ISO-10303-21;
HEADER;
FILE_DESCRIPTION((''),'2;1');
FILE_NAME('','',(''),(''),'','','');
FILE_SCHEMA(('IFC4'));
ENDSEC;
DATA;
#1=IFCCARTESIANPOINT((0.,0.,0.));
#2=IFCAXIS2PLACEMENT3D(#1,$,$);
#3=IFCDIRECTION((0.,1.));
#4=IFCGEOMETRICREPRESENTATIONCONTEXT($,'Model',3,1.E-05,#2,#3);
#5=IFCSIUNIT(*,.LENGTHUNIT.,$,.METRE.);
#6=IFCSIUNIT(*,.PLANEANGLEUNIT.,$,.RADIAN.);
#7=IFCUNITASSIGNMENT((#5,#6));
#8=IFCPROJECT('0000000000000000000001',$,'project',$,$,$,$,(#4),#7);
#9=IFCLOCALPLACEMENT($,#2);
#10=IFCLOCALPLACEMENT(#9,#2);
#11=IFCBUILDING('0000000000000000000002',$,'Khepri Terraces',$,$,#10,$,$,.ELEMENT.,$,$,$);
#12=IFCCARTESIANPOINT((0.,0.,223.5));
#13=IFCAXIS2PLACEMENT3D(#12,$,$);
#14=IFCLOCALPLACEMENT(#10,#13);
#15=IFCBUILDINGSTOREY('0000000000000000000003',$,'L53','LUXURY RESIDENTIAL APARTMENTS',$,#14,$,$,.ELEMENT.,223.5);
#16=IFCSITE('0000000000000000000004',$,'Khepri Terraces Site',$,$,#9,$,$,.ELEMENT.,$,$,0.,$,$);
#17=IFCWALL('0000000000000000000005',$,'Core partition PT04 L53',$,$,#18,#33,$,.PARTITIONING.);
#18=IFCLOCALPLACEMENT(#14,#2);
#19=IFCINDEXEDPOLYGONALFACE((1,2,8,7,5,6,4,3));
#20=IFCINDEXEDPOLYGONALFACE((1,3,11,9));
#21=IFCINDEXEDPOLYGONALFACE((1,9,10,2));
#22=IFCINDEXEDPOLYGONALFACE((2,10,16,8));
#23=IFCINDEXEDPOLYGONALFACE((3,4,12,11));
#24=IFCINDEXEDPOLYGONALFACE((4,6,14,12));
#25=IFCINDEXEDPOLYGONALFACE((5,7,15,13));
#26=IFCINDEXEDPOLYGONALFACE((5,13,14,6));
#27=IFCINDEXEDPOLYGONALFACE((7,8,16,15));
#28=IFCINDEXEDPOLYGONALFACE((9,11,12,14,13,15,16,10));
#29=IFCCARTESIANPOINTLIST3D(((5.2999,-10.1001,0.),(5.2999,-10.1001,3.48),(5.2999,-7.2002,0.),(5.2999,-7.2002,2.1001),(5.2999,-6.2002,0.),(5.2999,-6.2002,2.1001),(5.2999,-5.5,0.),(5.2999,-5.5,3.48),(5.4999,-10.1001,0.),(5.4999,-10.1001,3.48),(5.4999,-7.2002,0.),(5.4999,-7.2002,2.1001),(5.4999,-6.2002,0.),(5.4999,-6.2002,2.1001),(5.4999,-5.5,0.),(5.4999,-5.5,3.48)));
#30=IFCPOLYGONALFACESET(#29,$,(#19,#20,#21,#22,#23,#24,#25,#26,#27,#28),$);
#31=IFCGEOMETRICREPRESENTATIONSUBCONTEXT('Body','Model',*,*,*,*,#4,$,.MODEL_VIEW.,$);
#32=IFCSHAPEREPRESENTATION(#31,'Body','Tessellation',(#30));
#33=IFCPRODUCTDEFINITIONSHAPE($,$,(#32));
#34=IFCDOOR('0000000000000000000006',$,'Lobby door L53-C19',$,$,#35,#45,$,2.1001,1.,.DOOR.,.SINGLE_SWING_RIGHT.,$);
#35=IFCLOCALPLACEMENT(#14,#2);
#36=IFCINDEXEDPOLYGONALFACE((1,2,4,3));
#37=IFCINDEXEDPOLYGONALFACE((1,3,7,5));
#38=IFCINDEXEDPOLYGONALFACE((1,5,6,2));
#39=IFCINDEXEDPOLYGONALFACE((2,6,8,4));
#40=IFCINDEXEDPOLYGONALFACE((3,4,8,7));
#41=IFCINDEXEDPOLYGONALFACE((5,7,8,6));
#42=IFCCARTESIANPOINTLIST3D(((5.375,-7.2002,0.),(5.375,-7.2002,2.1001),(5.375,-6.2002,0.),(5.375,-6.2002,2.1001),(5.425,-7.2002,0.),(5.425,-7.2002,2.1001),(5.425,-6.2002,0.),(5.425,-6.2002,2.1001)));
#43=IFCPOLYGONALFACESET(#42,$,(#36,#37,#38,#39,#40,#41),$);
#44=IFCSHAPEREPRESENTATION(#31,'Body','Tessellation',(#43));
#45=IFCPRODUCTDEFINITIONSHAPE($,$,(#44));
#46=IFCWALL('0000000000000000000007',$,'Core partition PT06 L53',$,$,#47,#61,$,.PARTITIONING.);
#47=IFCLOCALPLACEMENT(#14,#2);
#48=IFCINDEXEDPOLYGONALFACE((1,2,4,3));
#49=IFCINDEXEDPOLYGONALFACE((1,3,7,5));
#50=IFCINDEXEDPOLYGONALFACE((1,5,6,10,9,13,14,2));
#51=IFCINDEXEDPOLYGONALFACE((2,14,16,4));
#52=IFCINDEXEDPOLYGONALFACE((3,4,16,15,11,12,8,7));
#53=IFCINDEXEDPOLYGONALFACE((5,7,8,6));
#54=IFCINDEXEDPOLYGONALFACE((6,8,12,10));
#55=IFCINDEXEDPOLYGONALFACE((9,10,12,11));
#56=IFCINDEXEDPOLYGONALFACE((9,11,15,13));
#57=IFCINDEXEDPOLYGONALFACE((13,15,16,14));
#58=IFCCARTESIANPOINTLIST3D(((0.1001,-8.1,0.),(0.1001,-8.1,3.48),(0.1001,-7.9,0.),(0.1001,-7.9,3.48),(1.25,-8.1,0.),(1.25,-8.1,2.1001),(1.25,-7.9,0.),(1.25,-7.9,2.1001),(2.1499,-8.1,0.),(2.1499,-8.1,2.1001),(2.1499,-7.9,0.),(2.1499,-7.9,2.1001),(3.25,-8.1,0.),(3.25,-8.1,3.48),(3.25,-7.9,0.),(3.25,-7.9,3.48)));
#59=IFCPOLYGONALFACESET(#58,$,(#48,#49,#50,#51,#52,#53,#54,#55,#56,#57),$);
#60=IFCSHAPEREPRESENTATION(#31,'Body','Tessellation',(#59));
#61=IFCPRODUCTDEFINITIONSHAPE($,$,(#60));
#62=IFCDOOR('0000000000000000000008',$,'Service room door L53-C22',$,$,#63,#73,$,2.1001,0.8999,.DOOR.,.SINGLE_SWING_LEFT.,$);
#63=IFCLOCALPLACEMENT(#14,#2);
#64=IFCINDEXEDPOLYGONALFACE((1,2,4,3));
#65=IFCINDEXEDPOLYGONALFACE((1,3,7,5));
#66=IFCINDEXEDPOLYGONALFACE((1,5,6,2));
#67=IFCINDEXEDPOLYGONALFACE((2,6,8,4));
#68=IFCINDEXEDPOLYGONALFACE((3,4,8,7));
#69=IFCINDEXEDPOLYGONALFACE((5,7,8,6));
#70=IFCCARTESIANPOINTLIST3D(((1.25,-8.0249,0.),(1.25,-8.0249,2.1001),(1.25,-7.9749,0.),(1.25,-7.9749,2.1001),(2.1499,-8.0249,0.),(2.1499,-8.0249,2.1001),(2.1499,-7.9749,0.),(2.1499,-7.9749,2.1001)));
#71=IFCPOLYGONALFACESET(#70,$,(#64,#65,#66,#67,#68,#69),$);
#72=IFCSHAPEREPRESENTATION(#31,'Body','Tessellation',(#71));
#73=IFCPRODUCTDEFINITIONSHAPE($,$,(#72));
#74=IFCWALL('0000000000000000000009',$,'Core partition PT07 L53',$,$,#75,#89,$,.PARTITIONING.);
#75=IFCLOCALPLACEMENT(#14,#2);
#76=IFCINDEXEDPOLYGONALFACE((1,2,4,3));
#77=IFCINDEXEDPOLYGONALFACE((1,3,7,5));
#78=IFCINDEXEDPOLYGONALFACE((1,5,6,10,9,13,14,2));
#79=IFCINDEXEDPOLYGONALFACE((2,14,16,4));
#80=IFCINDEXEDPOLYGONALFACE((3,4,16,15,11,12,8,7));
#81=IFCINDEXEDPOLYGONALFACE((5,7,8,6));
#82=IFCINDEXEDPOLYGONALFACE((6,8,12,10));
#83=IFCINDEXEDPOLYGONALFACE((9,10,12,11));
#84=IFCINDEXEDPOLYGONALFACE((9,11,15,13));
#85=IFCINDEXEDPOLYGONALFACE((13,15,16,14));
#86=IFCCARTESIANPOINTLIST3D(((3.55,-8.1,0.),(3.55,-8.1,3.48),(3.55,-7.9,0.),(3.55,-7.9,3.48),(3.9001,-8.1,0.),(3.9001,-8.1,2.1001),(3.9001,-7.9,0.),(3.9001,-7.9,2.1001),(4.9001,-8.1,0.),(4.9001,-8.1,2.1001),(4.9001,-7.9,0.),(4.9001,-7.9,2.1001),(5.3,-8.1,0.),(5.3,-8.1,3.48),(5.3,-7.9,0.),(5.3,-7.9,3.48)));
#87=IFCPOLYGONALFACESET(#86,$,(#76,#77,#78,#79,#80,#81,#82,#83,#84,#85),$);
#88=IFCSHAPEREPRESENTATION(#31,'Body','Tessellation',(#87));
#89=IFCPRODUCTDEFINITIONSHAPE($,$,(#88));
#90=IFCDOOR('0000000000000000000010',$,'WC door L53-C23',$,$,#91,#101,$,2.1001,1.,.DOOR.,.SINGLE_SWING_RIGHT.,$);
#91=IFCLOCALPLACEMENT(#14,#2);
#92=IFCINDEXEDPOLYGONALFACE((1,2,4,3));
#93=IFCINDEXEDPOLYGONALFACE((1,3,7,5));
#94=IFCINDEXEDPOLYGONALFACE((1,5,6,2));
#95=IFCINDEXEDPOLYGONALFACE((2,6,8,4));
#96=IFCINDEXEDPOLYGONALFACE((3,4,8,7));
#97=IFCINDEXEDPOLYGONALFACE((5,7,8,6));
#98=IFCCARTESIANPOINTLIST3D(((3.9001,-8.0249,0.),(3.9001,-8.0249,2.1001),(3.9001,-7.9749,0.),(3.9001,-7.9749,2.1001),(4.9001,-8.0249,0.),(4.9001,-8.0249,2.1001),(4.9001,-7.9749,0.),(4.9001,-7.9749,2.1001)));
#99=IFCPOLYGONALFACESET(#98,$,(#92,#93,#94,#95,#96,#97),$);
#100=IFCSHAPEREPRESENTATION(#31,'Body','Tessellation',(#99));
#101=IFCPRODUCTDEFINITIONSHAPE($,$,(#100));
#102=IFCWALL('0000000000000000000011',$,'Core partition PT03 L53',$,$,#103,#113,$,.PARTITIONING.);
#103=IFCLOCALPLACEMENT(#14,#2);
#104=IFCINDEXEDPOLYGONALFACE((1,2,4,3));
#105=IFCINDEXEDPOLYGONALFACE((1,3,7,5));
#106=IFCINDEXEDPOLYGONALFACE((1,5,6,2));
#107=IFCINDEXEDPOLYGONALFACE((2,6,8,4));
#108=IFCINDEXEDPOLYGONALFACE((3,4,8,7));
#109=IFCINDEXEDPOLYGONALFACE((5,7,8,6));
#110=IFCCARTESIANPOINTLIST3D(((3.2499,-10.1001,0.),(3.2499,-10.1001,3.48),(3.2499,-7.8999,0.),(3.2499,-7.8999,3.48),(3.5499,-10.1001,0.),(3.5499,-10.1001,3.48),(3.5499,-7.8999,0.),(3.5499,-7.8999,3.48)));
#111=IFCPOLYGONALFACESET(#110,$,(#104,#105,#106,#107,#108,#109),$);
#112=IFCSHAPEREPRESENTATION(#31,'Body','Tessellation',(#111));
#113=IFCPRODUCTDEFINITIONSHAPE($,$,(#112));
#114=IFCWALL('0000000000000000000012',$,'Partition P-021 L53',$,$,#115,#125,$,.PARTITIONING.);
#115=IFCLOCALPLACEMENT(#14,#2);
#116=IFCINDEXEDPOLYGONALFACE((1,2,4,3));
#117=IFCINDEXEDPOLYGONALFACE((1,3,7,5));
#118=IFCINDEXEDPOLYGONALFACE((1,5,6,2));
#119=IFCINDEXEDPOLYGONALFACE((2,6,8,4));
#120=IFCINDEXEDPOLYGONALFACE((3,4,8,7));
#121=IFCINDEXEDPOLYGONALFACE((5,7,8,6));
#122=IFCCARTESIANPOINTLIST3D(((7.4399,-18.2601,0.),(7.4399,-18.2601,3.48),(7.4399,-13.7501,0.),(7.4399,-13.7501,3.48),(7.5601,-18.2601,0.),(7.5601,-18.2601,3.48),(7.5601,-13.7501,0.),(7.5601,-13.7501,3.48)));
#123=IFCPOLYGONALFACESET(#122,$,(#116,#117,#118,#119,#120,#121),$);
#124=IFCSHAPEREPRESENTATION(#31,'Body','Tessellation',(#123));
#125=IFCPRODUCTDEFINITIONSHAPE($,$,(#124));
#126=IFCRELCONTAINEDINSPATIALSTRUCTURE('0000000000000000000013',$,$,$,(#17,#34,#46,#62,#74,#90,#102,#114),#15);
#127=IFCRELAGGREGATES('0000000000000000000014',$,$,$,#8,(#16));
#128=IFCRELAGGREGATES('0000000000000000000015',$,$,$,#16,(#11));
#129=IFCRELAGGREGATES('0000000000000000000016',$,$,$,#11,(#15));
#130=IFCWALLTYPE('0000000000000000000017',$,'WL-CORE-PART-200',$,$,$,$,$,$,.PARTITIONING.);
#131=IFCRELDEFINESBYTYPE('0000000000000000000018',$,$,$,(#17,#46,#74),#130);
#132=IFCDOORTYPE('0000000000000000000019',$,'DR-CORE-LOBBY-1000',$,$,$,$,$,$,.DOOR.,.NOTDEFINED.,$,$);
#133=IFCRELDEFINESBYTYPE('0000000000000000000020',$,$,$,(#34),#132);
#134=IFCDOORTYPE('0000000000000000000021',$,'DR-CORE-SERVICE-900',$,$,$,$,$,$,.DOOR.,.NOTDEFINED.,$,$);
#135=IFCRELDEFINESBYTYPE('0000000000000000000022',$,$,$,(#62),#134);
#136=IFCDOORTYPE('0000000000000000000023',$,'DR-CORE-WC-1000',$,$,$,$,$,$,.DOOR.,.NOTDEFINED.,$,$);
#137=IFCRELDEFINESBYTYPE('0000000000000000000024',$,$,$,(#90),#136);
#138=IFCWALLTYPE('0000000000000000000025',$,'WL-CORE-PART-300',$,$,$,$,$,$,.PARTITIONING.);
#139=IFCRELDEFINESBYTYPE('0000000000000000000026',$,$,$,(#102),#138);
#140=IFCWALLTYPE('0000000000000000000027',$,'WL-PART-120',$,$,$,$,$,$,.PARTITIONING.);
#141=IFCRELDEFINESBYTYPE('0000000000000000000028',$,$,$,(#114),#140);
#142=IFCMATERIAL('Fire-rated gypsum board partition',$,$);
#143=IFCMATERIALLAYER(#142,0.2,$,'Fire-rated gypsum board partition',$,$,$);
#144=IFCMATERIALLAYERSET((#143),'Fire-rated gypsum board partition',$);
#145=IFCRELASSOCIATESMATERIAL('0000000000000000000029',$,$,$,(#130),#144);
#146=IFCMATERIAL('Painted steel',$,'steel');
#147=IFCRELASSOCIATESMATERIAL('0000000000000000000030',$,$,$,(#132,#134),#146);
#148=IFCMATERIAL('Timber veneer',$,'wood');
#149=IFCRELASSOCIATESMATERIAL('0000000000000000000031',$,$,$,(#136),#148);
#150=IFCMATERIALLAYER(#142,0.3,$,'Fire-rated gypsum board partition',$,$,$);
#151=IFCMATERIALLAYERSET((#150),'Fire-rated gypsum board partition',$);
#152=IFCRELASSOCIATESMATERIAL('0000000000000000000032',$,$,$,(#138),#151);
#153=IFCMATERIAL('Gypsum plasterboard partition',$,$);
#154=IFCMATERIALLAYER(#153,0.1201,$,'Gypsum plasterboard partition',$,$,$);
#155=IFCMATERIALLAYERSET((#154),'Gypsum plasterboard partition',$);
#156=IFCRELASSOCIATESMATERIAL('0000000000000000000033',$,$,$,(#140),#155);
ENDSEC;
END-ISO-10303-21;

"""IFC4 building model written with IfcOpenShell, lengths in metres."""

from ifc_helpers import new_model, si_unit, direction, frame, frame_2d, origin, place, context, subcontext, project, spatial, rectangle, extrude, material, layer, layer_set, type_object, element, fill, save


model = new_model("IFC4")

# Units and contexts
model_context = context("Model", 3, precision=1e-05, world=origin(), true_north=direction((0.0, 1.0)))
body_context = subcontext(model_context, "Body", "Model", "MODEL_VIEW")
ifc_project = project(units=[si_unit("LENGTHUNIT", "METRE"), si_unit("PLANEANGLEUNIT", "RADIAN")], contexts=[model_context])

# Site, building, storey
site_placement = place(None, origin())
site = spatial("IfcSite", under=ifc_project, at=site_placement, Name="Khepri Terraces Site", CompositionType="ELEMENT", RefElevation=0.0)
building_placement = place(site_placement, origin())
building = spatial("IfcBuilding", under=site, at=building_placement, Name="Khepri Terraces", CompositionType="ELEMENT")
storey_placement = place(building_placement, frame((0.0, 0.0, 223.5)))
storey = spatial("IfcBuildingStorey", under=building, at=storey_placement, Name="L53", Description="LUXURY RESIDENTIAL APARTMENTS", CompositionType="ELEMENT", Elevation=223.5)

# Shared definitions
ifc_material_1 = material(Name="Fire-rated gypsum board partition")
ifc_layer_1 = layer(ifc_material_1, 0.2, Name="Fire-rated gypsum board partition")
ifc_layer_set_1 = layer_set([ifc_layer_1], Name="Fire-rated gypsum board partition")
wall_type_1 = type_object("IfcWallType", Name="WL-CORE-PART-200", PredefinedType="PARTITIONING", material=ifc_layer_set_1)

# Walls, openings, doors
wall_1_placement = place(storey_placement, frame((5.3999, -10.1001, 0.0), z_axis=(0.0, 0.0, 1.0), x_axis=(0.0, 1.0, 0.0)))
wall_1 = element("IfcWall", 1, at=wall_1_placement, inside=storey, type_object=wall_type_1, Name="Core partition PT04 L53", PredefinedType="PARTITIONING", context=body_context, shape_type="SweptSolid", body=[
    extrude(rectangle(XDim=4.6001, YDim=0.2, at=frame_2d((2.3, 0.0))), origin(), (0.0, 0.0, 1.0), 3.48),
])
opening_1_placement = place(wall_1_placement, frame((2.8999, 0.0, 0.0)))
opening_1 = element("IfcOpeningElement", 2, at=opening_1_placement, cuts=wall_1, PredefinedType="OPENING", context=body_context, shape_type="SweptSolid", body=[
    extrude(rectangle(XDim=1.0, YDim=2.1001, at=frame_2d((0.5, 1.05))), frame((0.0, 0.1099, 0.0), z_axis=(0.0, -1.0, 0.0), x_axis=(1.0, 0.0, 0.0)), (0.0, 0.0, 1.0), 0.22),
])
ifc_material_2 = material(Name="Painted steel", Category="steel")
door_type_1 = type_object("IfcDoorType", Name="DR-CORE-LOBBY-1000", OperationType="NOTDEFINED", PredefinedType="DOOR", material=ifc_material_2)
door_1_placement = place(opening_1_placement, origin())
door_1 = element("IfcDoor", 3, at=door_1_placement, inside=storey, type_object=door_type_1, Name="Lobby door L53-C19", OperationType="SINGLE_SWING_RIGHT", OverallHeight=2.1001, OverallWidth=1.0, PredefinedType="DOOR", context=body_context, shape_type="SweptSolid", body=[
    extrude(rectangle(XDim=1.0, YDim=2.1001, at=frame_2d((0.5, 1.05))), frame((0.0, 0.0249, 0.0), z_axis=(0.0, -1.0, 0.0), x_axis=(1.0, 0.0, 0.0)), (0.0, 0.0, 1.0), 0.05),
])
fill(opening_1, door_1)
wall_2_placement = place(storey_placement, frame((0.1001, -8.0, 0.0), z_axis=(0.0, 0.0, 1.0), x_axis=(1.0, 0.0, 0.0)))
wall_2 = element("IfcWall", 4, at=wall_2_placement, inside=storey, type_object=wall_type_1, Name="Core partition PT06 L53", PredefinedType="PARTITIONING", context=body_context, shape_type="SweptSolid", body=[
    extrude(rectangle(XDim=3.1499, YDim=0.2, at=frame_2d((1.575, 0.0))), origin(), (0.0, 0.0, 1.0), 3.48),
])
opening_2_placement = place(wall_2_placement, frame((1.1499, 0.0, 0.0)))
opening_2 = element("IfcOpeningElement", 5, at=opening_2_placement, cuts=wall_2, PredefinedType="OPENING", context=body_context, shape_type="SweptSolid", body=[
    extrude(rectangle(XDim=0.8999, YDim=2.1001, at=frame_2d((0.45, 1.05))), frame((0.0, 0.1099, 0.0), z_axis=(0.0, -1.0, 0.0), x_axis=(1.0, 0.0, 0.0)), (0.0, 0.0, 1.0), 0.22),
])
door_type_2 = type_object("IfcDoorType", Name="DR-CORE-SERVICE-900", OperationType="NOTDEFINED", PredefinedType="DOOR", material=ifc_material_2)
door_2_placement = place(opening_2_placement, frame((0.8999, 0.0, 0.0), z_axis=(0.0, 0.0, 1.0), x_axis=(-1.0, 0.0, 0.0)))
door_2 = element("IfcDoor", 6, at=door_2_placement, inside=storey, type_object=door_type_2, Name="Service room door L53-C22", OperationType="SINGLE_SWING_LEFT", OverallHeight=2.1001, OverallWidth=0.8999, PredefinedType="DOOR", context=body_context, shape_type="SweptSolid", body=[
    extrude(rectangle(XDim=0.8999, YDim=2.1001, at=frame_2d((0.45, 1.05))), frame((0.0, 0.0249, 0.0), z_axis=(0.0, -1.0, 0.0), x_axis=(1.0, 0.0, 0.0)), (0.0, 0.0, 1.0), 0.05),
])
fill(opening_2, door_2)
wall_3_placement = place(storey_placement, frame((3.55, -8.0, 0.0), z_axis=(0.0, 0.0, 1.0), x_axis=(1.0, 0.0, 0.0)))
wall_3 = element("IfcWall", 7, at=wall_3_placement, inside=storey, type_object=wall_type_1, Name="Core partition PT07 L53", PredefinedType="PARTITIONING", context=body_context, shape_type="SweptSolid", body=[
    extrude(rectangle(XDim=1.75, YDim=0.2, at=frame_2d((0.875, 0.0))), origin(), (0.0, 0.0, 1.0), 3.48),
])
opening_3_placement = place(wall_3_placement, frame((0.3501, 0.0, 0.0)))
opening_3 = element("IfcOpeningElement", 8, at=opening_3_placement, cuts=wall_3, PredefinedType="OPENING", context=body_context, shape_type="SweptSolid", body=[
    extrude(rectangle(XDim=1.0, YDim=2.1001, at=frame_2d((0.5, 1.05))), frame((0.0, 0.1099, 0.0), z_axis=(0.0, -1.0, 0.0), x_axis=(1.0, 0.0, 0.0)), (0.0, 0.0, 1.0), 0.22),
])
ifc_material_3 = material(Name="Timber veneer", Category="wood")
door_type_3 = type_object("IfcDoorType", Name="DR-CORE-WC-1000", OperationType="NOTDEFINED", PredefinedType="DOOR", material=ifc_material_3)
door_3_placement = place(opening_3_placement, frame((1.0, 0.0, 0.0), z_axis=(0.0, 0.0, 1.0), x_axis=(-1.0, 0.0, 0.0)))
door_3 = element("IfcDoor", 9, at=door_3_placement, inside=storey, type_object=door_type_3, Name="WC door L53-C23", OperationType="SINGLE_SWING_RIGHT", OverallHeight=2.1001, OverallWidth=1.0, PredefinedType="DOOR", context=body_context, shape_type="SweptSolid", body=[
    extrude(rectangle(XDim=1.0, YDim=2.1001, at=frame_2d((0.5, 1.05))), frame((0.0, 0.0249, 0.0), z_axis=(0.0, -1.0, 0.0), x_axis=(1.0, 0.0, 0.0)), (0.0, 0.0, 1.0), 0.05),
])
fill(opening_3, door_3)

# Walls
ifc_layer_2 = layer(ifc_material_1, 0.3, Name="Fire-rated gypsum board partition")
ifc_layer_set_2 = layer_set([ifc_layer_2], Name="Fire-rated gypsum board partition")
wall_type_2 = type_object("IfcWallType", Name="WL-CORE-PART-300", PredefinedType="PARTITIONING", material=ifc_layer_set_2)
wall_4_placement = place(storey_placement, frame((3.3999, -10.1001, 0.0), z_axis=(0.0, 0.0, 1.0), x_axis=(0.0, 1.0, 0.0)))
element("IfcWall", 10, at=wall_4_placement, inside=storey, type_object=wall_type_2, Name="Core partition PT03 L53", PredefinedType="PARTITIONING", context=body_context, shape_type="SweptSolid", body=[
    extrude(rectangle(XDim=2.2002, YDim=0.3, at=frame_2d((1.1001, 0.0))), origin(), (0.0, 0.0, 1.0), 3.48),
])
ifc_material_4 = material(Name="Gypsum plasterboard partition")
ifc_layer_3 = layer(ifc_material_4, 0.1201, Name="Gypsum plasterboard partition")
ifc_layer_set_3 = layer_set([ifc_layer_3], Name="Gypsum plasterboard partition")
wall_type_3 = type_object("IfcWallType", Name="WL-PART-120", PredefinedType="PARTITIONING", material=ifc_layer_set_3)
wall_5_placement = place(storey_placement, frame((7.5, -18.26, 0.0), z_axis=(0.0, 0.0, 1.0), x_axis=(0.0, 1.0, 0.0)))
element("IfcWall", 11, at=wall_5_placement, inside=storey, type_object=wall_type_3, Name="Partition P-021 L53", PredefinedType="PARTITIONING", context=body_context, shape_type="SweptSolid", body=[
    extrude(rectangle(XDim=4.51, YDim=0.1201, at=frame_2d((2.2549, 0.0))), origin(), (0.0, 0.0, 1.0), 3.48),
])

save(model, "model.ifc")
